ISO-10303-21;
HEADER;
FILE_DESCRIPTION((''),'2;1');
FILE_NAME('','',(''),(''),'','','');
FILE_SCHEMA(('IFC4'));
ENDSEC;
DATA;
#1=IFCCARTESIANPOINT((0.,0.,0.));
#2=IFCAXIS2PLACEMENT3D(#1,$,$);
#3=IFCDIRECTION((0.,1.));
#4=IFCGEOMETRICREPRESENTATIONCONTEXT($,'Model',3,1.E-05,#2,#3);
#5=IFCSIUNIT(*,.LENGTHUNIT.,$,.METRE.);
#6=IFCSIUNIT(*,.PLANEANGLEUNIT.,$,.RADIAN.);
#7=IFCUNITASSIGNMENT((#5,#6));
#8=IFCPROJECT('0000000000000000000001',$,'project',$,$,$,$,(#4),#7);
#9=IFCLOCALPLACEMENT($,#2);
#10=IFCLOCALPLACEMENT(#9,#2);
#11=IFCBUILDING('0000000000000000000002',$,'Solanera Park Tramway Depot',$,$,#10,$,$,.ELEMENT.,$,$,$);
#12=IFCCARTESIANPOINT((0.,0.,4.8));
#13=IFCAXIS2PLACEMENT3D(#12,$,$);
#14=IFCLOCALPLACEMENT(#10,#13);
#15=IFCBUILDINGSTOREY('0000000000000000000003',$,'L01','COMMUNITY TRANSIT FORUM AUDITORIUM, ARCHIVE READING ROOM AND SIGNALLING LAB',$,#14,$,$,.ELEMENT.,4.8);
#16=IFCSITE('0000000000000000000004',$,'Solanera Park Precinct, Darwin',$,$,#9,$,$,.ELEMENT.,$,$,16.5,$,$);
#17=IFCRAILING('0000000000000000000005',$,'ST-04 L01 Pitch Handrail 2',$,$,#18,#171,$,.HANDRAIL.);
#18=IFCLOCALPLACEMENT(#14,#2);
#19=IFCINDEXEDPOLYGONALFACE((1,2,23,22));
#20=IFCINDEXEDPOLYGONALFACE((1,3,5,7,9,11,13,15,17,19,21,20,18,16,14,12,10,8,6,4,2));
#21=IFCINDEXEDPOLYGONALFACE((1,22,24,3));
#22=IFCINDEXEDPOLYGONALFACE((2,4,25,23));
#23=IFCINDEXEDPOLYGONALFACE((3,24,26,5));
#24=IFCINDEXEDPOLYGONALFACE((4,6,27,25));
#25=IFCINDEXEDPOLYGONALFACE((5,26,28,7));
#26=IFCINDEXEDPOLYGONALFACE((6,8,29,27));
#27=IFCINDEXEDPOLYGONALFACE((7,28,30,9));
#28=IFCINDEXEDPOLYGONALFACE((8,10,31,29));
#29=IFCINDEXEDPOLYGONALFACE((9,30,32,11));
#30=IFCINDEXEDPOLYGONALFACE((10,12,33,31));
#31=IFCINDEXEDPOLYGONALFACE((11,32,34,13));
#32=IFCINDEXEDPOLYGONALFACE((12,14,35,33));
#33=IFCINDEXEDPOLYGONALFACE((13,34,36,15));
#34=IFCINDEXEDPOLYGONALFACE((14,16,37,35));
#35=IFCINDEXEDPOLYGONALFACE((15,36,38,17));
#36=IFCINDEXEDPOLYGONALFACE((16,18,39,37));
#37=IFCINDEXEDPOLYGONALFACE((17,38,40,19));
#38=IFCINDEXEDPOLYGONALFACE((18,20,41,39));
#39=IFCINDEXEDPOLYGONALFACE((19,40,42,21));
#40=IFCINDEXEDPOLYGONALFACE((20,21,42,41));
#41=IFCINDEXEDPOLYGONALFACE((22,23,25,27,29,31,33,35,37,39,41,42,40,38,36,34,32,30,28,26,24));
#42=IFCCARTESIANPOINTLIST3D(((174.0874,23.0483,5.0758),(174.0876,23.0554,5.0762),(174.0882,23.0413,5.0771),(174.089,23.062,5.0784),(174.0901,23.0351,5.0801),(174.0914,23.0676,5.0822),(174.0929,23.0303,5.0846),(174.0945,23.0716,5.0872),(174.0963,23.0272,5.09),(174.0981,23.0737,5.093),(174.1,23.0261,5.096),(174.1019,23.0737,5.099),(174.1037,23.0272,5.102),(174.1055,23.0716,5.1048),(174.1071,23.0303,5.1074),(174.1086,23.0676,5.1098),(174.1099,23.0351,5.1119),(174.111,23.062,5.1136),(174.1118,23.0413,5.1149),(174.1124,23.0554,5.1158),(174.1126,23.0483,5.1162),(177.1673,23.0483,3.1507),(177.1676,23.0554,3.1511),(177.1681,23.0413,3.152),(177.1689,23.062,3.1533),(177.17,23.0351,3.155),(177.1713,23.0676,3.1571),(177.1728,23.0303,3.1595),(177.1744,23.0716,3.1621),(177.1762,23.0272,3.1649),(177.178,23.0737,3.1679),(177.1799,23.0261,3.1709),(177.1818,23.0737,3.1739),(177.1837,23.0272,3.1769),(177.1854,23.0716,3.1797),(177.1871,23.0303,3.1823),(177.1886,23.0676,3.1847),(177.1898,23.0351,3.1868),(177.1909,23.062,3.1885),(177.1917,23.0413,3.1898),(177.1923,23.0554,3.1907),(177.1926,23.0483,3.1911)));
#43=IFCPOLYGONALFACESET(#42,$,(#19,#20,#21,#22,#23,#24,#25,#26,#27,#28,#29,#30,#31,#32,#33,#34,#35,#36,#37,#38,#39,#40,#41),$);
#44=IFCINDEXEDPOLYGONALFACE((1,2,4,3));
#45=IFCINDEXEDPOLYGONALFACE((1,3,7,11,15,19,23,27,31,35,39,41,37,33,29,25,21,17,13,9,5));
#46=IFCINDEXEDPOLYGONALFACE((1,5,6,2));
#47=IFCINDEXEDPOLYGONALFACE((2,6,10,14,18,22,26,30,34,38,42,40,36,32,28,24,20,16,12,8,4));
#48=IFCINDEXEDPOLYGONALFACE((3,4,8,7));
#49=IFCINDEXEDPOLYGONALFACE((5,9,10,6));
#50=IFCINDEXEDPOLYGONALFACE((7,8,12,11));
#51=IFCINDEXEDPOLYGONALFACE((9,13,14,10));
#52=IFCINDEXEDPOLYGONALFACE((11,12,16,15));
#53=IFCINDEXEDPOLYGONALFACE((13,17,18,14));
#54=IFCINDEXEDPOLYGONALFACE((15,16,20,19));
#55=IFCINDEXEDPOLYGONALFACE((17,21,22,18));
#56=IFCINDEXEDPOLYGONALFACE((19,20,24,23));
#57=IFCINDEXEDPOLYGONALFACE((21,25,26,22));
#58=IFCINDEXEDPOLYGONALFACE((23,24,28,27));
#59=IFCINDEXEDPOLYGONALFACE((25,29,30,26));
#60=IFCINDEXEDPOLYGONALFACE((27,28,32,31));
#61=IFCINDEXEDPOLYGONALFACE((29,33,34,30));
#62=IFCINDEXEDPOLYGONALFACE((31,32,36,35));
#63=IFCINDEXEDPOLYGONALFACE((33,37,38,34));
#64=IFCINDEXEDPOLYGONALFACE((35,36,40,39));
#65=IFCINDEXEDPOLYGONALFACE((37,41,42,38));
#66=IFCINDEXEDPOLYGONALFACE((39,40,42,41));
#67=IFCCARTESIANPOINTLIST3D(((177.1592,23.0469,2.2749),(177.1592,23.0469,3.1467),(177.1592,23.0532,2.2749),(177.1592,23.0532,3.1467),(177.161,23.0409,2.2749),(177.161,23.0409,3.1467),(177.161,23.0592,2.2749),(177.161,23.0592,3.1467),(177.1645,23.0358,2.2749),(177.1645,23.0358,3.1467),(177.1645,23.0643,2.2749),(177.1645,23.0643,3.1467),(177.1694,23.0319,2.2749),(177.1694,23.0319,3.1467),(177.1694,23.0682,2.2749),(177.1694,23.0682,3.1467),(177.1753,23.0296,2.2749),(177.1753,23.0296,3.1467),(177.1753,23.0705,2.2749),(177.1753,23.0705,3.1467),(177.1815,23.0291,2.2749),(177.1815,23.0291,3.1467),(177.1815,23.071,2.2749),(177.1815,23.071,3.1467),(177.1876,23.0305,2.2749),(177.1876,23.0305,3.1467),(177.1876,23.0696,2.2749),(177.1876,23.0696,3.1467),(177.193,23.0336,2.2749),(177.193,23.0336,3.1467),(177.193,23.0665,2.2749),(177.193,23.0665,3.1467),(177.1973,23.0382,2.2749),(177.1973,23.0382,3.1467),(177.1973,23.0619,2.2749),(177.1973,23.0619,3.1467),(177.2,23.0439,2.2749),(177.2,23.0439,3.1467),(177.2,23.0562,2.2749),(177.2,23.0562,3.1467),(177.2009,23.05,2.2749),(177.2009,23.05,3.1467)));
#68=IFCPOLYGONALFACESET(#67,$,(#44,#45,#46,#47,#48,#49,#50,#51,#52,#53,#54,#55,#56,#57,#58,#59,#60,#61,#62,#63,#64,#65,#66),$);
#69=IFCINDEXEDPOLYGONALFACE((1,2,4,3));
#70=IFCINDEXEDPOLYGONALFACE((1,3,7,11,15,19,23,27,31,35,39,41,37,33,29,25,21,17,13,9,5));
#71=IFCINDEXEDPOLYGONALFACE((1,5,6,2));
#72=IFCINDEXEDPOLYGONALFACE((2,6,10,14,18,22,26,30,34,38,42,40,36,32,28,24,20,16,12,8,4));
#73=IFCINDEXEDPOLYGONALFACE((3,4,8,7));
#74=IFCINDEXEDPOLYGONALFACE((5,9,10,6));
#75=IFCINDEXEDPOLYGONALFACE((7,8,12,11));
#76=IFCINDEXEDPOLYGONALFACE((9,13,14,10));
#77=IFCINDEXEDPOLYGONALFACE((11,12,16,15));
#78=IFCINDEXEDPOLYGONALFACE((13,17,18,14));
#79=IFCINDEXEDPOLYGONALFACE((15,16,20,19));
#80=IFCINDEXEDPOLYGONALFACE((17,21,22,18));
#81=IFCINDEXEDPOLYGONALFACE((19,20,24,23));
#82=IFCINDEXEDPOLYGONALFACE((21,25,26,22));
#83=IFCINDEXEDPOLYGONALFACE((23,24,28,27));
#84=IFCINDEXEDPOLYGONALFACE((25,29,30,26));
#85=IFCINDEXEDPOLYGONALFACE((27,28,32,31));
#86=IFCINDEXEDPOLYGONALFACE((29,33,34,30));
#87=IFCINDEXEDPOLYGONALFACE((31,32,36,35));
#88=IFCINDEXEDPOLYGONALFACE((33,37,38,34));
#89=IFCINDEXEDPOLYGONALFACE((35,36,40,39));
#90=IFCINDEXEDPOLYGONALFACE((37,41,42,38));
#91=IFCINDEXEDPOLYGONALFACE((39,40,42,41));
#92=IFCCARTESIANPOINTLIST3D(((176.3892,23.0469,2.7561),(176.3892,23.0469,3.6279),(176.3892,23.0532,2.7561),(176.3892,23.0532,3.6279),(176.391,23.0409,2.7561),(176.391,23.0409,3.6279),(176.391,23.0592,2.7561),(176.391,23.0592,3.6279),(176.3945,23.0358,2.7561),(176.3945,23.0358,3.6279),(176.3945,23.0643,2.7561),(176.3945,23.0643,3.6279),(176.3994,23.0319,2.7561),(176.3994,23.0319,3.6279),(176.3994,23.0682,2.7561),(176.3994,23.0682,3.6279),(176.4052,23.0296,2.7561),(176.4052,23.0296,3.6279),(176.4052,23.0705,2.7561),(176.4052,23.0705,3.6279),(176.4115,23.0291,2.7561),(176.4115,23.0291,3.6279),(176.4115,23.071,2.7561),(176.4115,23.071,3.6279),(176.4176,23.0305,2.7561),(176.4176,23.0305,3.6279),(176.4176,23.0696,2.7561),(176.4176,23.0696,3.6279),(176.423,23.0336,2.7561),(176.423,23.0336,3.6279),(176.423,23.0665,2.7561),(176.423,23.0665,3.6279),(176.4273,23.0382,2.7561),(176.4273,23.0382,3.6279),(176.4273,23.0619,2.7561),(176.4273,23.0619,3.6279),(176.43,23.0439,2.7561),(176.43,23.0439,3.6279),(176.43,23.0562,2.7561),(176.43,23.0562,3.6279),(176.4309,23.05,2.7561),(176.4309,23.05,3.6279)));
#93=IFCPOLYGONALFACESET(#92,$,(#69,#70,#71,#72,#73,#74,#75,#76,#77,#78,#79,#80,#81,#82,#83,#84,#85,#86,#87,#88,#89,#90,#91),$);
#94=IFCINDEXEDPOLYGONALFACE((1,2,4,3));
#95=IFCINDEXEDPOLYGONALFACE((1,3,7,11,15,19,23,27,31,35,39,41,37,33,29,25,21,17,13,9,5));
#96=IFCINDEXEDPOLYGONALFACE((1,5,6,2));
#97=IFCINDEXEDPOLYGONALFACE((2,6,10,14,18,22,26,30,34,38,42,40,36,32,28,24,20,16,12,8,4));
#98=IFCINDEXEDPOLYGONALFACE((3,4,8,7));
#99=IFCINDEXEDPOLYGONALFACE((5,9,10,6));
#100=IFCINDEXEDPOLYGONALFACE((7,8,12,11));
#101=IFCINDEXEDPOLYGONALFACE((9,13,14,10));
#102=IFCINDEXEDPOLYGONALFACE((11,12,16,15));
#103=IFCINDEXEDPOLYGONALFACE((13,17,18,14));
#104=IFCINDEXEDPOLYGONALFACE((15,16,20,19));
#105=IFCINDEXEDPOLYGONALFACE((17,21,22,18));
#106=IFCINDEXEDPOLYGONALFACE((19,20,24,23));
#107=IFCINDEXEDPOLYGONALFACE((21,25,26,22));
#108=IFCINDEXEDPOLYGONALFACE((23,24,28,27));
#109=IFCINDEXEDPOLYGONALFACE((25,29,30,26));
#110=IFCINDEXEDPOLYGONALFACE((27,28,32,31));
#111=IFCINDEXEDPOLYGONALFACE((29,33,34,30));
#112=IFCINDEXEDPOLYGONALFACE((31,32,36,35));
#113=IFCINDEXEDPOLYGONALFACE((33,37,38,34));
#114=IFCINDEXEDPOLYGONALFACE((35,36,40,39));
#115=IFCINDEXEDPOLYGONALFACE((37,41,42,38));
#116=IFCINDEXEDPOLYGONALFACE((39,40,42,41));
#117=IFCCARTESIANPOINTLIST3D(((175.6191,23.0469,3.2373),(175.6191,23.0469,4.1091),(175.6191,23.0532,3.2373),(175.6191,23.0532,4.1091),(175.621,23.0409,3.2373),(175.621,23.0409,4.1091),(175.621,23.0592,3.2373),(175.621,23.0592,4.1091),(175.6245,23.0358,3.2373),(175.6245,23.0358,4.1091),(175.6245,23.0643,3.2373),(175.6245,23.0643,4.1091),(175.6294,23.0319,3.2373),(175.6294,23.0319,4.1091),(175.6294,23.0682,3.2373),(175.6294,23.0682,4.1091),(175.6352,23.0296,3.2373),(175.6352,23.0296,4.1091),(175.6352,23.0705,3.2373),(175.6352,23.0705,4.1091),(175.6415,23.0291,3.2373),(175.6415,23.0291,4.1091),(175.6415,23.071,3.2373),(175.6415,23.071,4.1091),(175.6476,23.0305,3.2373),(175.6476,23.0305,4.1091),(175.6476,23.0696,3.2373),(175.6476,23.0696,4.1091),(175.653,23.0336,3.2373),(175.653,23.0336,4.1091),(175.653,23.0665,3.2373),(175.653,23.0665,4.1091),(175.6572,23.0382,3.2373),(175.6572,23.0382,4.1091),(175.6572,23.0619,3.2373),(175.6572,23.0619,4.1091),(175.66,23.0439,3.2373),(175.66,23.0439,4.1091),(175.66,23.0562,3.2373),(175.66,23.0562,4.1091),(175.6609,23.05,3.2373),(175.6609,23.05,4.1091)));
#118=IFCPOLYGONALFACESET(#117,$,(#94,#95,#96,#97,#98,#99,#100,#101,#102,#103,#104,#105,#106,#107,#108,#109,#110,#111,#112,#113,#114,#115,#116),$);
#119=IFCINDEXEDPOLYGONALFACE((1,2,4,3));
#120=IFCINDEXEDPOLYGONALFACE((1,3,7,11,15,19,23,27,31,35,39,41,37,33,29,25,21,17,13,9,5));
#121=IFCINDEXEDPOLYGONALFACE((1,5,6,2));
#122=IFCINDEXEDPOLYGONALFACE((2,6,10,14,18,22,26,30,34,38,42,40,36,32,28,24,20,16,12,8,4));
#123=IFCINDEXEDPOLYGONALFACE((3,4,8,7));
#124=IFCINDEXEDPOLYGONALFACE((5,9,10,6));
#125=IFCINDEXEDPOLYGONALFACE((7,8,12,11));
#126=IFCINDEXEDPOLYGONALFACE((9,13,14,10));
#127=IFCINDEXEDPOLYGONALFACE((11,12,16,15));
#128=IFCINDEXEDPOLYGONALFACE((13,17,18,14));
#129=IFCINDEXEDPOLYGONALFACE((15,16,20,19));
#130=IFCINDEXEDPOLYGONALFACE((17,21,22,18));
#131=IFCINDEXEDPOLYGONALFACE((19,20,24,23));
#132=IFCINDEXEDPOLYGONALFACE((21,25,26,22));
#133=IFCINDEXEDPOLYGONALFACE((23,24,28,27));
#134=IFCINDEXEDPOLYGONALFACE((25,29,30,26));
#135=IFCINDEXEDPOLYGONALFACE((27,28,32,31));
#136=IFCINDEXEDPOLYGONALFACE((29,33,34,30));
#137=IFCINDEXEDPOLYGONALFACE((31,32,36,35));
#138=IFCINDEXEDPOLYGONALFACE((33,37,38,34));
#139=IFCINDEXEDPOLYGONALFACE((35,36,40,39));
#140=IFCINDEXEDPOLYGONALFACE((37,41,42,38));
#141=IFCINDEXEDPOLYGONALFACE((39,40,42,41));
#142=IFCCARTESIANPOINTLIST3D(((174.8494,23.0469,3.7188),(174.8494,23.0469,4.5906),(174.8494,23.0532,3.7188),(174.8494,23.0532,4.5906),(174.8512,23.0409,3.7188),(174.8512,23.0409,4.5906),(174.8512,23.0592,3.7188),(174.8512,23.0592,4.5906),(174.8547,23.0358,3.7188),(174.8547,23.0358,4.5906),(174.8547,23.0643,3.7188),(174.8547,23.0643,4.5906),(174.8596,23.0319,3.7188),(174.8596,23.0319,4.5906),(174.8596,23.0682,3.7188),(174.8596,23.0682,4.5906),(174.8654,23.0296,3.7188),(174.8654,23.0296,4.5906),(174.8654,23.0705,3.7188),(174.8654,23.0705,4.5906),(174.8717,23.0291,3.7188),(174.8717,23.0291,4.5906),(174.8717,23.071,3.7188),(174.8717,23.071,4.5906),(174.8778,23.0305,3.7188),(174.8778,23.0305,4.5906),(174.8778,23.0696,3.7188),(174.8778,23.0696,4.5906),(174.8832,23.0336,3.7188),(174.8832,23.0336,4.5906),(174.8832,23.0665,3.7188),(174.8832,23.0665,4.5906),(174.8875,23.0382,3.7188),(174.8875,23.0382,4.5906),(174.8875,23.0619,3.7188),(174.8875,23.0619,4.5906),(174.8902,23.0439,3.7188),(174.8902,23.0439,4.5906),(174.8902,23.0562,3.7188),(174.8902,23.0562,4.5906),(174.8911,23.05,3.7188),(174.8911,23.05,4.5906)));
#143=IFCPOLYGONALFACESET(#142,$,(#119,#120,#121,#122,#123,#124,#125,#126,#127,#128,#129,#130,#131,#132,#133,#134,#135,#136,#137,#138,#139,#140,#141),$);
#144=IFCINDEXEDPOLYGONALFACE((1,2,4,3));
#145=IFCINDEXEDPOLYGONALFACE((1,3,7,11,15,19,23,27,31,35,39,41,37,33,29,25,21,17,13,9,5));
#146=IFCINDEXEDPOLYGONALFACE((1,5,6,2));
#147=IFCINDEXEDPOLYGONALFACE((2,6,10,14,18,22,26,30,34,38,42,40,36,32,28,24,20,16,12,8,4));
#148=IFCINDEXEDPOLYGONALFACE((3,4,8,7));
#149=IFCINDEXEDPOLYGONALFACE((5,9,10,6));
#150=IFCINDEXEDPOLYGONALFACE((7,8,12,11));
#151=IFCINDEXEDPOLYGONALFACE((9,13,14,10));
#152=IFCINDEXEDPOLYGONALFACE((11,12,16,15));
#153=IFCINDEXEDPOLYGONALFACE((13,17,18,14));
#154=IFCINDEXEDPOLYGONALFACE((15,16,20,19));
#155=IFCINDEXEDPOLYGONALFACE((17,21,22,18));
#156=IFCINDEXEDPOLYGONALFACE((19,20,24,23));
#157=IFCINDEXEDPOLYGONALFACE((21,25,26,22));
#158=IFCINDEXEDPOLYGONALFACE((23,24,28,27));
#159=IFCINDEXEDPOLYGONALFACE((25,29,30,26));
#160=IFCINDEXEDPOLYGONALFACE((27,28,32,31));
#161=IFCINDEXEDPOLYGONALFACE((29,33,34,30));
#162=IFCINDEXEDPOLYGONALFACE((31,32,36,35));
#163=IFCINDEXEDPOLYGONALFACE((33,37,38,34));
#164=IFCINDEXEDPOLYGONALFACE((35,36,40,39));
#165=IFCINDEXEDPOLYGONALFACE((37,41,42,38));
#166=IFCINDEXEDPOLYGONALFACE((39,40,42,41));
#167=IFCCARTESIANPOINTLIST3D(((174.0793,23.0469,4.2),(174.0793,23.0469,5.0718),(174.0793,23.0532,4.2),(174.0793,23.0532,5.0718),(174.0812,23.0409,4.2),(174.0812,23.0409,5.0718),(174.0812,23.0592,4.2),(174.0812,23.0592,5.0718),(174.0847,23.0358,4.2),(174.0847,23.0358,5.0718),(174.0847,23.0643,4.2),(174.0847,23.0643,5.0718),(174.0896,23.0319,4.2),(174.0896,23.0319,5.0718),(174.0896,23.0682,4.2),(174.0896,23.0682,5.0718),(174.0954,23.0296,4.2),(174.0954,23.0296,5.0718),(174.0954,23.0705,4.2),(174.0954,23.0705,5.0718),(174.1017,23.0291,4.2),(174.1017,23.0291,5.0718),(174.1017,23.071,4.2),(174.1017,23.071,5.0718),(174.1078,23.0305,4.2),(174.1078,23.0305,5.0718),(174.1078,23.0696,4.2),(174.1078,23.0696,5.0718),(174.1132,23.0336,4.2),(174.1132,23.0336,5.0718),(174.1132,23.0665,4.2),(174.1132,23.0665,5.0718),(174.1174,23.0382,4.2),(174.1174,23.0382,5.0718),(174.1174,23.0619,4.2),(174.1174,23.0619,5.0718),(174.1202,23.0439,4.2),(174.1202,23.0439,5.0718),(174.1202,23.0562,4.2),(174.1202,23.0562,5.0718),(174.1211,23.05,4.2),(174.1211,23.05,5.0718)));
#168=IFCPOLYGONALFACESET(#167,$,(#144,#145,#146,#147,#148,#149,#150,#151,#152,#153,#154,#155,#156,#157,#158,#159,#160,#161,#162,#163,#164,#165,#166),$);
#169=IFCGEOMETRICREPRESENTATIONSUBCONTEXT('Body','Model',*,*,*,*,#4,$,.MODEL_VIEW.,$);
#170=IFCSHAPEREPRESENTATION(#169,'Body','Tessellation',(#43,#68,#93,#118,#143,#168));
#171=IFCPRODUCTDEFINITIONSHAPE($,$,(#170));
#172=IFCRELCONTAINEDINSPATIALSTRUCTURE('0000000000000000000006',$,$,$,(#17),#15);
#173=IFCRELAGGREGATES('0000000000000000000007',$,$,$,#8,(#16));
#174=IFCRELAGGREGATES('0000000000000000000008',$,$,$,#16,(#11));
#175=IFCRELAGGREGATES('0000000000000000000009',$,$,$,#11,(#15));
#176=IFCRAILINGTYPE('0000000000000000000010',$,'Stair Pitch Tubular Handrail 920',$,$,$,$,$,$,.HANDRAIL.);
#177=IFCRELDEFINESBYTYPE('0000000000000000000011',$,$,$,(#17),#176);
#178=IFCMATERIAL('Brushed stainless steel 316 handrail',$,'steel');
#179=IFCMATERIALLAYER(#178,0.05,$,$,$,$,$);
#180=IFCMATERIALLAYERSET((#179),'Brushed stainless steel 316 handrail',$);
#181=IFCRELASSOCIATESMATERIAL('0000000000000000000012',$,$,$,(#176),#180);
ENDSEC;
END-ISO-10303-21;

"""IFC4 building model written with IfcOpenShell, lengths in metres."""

from ifc_helpers import new_model, si_unit, direction, frame, origin, origin_2d, place, context, subcontext, project, spatial, circle, extrude, material, layer, layer_set, type_object, element, save


model = new_model("IFC4")

# Units and contexts
model_context = context("Model", 3, precision=1e-05, world=origin(), true_north=direction((0.0, 1.0)))
body_context = subcontext(model_context, "Body", "Model", "MODEL_VIEW")
ifc_project = project(units=[si_unit("LENGTHUNIT", "METRE"), si_unit("PLANEANGLEUNIT", "RADIAN")], contexts=[model_context])

# Site, building, storey
site_placement = place(None, origin())
site = spatial("IfcSite", under=ifc_project, at=site_placement, Name="Solanera Park Precinct, Darwin", CompositionType="ELEMENT", RefElevation=16.5)
building_placement = place(site_placement, origin())
building = spatial("IfcBuilding", under=site, at=building_placement, Name="Solanera Park Tramway Depot", CompositionType="ELEMENT")
storey_placement = place(building_placement, frame((0.0, 0.0, 4.8)))
storey = spatial("IfcBuildingStorey", under=building, at=storey_placement, Name="L01", Description="COMMUNITY TRANSIT FORUM AUDITORIUM, ARCHIVE READING ROOM AND SIGNALLING LAB", CompositionType="ELEMENT", Elevation=4.8)

# Railing
ifc_material_1 = material(Name="Brushed stainless steel 316 handrail", Category="steel")
ifc_layer_1 = layer(ifc_material_1, 0.05)
ifc_layer_set_1 = layer_set([ifc_layer_1], Name="Brushed stainless steel 316 handrail")
railing_type_1 = type_object("IfcRailingType", Name="Stair Pitch Tubular Handrail 920", PredefinedType="HANDRAIL", material=ifc_layer_set_1)
railing_1_placement = place(storey_placement, frame((177.1799, 23.05, 2.2749)))
element("IfcRailing", 1, at=railing_1_placement, inside=storey, type_object=railing_type_1, Name="ST-04 L01 Pitch Handrail 2", PredefinedType="HANDRAIL", context=body_context, shape_type="SweptSolid", body=[
    extrude(circle(Radius=0.0239, at=origin_2d()), frame((0.0, 0.0, 0.896), z_axis=(-0.847979, 0.0, 0.530029), x_axis=(0.0, -1.0, 0.0)), (0.0, 0.0, 1.0), 3.6321),
    extrude(circle(Radius=0.021, at=origin_2d()), origin(), (0.0, 0.0, 1.0), 0.8718),
    extrude(circle(Radius=0.021, at=origin_2d()), frame((-0.77, 0.0, 0.4812)), (0.0, 0.0, 1.0), 0.8718),
    extrude(circle(Radius=0.021, at=origin_2d()), frame((-1.54, 0.0, 0.9624)), (0.0, 0.0, 1.0), 0.8718),
    extrude(circle(Radius=0.021, at=origin_2d()), frame((-2.3098, 0.0, 1.4438)), (0.0, 0.0, 1.0), 0.8718),
    extrude(circle(Radius=0.021, at=origin_2d()), frame((-3.0798, 0.0, 1.925)), (0.0, 0.0, 1.0), 0.8718),
])

save(model, "model.ifc")
